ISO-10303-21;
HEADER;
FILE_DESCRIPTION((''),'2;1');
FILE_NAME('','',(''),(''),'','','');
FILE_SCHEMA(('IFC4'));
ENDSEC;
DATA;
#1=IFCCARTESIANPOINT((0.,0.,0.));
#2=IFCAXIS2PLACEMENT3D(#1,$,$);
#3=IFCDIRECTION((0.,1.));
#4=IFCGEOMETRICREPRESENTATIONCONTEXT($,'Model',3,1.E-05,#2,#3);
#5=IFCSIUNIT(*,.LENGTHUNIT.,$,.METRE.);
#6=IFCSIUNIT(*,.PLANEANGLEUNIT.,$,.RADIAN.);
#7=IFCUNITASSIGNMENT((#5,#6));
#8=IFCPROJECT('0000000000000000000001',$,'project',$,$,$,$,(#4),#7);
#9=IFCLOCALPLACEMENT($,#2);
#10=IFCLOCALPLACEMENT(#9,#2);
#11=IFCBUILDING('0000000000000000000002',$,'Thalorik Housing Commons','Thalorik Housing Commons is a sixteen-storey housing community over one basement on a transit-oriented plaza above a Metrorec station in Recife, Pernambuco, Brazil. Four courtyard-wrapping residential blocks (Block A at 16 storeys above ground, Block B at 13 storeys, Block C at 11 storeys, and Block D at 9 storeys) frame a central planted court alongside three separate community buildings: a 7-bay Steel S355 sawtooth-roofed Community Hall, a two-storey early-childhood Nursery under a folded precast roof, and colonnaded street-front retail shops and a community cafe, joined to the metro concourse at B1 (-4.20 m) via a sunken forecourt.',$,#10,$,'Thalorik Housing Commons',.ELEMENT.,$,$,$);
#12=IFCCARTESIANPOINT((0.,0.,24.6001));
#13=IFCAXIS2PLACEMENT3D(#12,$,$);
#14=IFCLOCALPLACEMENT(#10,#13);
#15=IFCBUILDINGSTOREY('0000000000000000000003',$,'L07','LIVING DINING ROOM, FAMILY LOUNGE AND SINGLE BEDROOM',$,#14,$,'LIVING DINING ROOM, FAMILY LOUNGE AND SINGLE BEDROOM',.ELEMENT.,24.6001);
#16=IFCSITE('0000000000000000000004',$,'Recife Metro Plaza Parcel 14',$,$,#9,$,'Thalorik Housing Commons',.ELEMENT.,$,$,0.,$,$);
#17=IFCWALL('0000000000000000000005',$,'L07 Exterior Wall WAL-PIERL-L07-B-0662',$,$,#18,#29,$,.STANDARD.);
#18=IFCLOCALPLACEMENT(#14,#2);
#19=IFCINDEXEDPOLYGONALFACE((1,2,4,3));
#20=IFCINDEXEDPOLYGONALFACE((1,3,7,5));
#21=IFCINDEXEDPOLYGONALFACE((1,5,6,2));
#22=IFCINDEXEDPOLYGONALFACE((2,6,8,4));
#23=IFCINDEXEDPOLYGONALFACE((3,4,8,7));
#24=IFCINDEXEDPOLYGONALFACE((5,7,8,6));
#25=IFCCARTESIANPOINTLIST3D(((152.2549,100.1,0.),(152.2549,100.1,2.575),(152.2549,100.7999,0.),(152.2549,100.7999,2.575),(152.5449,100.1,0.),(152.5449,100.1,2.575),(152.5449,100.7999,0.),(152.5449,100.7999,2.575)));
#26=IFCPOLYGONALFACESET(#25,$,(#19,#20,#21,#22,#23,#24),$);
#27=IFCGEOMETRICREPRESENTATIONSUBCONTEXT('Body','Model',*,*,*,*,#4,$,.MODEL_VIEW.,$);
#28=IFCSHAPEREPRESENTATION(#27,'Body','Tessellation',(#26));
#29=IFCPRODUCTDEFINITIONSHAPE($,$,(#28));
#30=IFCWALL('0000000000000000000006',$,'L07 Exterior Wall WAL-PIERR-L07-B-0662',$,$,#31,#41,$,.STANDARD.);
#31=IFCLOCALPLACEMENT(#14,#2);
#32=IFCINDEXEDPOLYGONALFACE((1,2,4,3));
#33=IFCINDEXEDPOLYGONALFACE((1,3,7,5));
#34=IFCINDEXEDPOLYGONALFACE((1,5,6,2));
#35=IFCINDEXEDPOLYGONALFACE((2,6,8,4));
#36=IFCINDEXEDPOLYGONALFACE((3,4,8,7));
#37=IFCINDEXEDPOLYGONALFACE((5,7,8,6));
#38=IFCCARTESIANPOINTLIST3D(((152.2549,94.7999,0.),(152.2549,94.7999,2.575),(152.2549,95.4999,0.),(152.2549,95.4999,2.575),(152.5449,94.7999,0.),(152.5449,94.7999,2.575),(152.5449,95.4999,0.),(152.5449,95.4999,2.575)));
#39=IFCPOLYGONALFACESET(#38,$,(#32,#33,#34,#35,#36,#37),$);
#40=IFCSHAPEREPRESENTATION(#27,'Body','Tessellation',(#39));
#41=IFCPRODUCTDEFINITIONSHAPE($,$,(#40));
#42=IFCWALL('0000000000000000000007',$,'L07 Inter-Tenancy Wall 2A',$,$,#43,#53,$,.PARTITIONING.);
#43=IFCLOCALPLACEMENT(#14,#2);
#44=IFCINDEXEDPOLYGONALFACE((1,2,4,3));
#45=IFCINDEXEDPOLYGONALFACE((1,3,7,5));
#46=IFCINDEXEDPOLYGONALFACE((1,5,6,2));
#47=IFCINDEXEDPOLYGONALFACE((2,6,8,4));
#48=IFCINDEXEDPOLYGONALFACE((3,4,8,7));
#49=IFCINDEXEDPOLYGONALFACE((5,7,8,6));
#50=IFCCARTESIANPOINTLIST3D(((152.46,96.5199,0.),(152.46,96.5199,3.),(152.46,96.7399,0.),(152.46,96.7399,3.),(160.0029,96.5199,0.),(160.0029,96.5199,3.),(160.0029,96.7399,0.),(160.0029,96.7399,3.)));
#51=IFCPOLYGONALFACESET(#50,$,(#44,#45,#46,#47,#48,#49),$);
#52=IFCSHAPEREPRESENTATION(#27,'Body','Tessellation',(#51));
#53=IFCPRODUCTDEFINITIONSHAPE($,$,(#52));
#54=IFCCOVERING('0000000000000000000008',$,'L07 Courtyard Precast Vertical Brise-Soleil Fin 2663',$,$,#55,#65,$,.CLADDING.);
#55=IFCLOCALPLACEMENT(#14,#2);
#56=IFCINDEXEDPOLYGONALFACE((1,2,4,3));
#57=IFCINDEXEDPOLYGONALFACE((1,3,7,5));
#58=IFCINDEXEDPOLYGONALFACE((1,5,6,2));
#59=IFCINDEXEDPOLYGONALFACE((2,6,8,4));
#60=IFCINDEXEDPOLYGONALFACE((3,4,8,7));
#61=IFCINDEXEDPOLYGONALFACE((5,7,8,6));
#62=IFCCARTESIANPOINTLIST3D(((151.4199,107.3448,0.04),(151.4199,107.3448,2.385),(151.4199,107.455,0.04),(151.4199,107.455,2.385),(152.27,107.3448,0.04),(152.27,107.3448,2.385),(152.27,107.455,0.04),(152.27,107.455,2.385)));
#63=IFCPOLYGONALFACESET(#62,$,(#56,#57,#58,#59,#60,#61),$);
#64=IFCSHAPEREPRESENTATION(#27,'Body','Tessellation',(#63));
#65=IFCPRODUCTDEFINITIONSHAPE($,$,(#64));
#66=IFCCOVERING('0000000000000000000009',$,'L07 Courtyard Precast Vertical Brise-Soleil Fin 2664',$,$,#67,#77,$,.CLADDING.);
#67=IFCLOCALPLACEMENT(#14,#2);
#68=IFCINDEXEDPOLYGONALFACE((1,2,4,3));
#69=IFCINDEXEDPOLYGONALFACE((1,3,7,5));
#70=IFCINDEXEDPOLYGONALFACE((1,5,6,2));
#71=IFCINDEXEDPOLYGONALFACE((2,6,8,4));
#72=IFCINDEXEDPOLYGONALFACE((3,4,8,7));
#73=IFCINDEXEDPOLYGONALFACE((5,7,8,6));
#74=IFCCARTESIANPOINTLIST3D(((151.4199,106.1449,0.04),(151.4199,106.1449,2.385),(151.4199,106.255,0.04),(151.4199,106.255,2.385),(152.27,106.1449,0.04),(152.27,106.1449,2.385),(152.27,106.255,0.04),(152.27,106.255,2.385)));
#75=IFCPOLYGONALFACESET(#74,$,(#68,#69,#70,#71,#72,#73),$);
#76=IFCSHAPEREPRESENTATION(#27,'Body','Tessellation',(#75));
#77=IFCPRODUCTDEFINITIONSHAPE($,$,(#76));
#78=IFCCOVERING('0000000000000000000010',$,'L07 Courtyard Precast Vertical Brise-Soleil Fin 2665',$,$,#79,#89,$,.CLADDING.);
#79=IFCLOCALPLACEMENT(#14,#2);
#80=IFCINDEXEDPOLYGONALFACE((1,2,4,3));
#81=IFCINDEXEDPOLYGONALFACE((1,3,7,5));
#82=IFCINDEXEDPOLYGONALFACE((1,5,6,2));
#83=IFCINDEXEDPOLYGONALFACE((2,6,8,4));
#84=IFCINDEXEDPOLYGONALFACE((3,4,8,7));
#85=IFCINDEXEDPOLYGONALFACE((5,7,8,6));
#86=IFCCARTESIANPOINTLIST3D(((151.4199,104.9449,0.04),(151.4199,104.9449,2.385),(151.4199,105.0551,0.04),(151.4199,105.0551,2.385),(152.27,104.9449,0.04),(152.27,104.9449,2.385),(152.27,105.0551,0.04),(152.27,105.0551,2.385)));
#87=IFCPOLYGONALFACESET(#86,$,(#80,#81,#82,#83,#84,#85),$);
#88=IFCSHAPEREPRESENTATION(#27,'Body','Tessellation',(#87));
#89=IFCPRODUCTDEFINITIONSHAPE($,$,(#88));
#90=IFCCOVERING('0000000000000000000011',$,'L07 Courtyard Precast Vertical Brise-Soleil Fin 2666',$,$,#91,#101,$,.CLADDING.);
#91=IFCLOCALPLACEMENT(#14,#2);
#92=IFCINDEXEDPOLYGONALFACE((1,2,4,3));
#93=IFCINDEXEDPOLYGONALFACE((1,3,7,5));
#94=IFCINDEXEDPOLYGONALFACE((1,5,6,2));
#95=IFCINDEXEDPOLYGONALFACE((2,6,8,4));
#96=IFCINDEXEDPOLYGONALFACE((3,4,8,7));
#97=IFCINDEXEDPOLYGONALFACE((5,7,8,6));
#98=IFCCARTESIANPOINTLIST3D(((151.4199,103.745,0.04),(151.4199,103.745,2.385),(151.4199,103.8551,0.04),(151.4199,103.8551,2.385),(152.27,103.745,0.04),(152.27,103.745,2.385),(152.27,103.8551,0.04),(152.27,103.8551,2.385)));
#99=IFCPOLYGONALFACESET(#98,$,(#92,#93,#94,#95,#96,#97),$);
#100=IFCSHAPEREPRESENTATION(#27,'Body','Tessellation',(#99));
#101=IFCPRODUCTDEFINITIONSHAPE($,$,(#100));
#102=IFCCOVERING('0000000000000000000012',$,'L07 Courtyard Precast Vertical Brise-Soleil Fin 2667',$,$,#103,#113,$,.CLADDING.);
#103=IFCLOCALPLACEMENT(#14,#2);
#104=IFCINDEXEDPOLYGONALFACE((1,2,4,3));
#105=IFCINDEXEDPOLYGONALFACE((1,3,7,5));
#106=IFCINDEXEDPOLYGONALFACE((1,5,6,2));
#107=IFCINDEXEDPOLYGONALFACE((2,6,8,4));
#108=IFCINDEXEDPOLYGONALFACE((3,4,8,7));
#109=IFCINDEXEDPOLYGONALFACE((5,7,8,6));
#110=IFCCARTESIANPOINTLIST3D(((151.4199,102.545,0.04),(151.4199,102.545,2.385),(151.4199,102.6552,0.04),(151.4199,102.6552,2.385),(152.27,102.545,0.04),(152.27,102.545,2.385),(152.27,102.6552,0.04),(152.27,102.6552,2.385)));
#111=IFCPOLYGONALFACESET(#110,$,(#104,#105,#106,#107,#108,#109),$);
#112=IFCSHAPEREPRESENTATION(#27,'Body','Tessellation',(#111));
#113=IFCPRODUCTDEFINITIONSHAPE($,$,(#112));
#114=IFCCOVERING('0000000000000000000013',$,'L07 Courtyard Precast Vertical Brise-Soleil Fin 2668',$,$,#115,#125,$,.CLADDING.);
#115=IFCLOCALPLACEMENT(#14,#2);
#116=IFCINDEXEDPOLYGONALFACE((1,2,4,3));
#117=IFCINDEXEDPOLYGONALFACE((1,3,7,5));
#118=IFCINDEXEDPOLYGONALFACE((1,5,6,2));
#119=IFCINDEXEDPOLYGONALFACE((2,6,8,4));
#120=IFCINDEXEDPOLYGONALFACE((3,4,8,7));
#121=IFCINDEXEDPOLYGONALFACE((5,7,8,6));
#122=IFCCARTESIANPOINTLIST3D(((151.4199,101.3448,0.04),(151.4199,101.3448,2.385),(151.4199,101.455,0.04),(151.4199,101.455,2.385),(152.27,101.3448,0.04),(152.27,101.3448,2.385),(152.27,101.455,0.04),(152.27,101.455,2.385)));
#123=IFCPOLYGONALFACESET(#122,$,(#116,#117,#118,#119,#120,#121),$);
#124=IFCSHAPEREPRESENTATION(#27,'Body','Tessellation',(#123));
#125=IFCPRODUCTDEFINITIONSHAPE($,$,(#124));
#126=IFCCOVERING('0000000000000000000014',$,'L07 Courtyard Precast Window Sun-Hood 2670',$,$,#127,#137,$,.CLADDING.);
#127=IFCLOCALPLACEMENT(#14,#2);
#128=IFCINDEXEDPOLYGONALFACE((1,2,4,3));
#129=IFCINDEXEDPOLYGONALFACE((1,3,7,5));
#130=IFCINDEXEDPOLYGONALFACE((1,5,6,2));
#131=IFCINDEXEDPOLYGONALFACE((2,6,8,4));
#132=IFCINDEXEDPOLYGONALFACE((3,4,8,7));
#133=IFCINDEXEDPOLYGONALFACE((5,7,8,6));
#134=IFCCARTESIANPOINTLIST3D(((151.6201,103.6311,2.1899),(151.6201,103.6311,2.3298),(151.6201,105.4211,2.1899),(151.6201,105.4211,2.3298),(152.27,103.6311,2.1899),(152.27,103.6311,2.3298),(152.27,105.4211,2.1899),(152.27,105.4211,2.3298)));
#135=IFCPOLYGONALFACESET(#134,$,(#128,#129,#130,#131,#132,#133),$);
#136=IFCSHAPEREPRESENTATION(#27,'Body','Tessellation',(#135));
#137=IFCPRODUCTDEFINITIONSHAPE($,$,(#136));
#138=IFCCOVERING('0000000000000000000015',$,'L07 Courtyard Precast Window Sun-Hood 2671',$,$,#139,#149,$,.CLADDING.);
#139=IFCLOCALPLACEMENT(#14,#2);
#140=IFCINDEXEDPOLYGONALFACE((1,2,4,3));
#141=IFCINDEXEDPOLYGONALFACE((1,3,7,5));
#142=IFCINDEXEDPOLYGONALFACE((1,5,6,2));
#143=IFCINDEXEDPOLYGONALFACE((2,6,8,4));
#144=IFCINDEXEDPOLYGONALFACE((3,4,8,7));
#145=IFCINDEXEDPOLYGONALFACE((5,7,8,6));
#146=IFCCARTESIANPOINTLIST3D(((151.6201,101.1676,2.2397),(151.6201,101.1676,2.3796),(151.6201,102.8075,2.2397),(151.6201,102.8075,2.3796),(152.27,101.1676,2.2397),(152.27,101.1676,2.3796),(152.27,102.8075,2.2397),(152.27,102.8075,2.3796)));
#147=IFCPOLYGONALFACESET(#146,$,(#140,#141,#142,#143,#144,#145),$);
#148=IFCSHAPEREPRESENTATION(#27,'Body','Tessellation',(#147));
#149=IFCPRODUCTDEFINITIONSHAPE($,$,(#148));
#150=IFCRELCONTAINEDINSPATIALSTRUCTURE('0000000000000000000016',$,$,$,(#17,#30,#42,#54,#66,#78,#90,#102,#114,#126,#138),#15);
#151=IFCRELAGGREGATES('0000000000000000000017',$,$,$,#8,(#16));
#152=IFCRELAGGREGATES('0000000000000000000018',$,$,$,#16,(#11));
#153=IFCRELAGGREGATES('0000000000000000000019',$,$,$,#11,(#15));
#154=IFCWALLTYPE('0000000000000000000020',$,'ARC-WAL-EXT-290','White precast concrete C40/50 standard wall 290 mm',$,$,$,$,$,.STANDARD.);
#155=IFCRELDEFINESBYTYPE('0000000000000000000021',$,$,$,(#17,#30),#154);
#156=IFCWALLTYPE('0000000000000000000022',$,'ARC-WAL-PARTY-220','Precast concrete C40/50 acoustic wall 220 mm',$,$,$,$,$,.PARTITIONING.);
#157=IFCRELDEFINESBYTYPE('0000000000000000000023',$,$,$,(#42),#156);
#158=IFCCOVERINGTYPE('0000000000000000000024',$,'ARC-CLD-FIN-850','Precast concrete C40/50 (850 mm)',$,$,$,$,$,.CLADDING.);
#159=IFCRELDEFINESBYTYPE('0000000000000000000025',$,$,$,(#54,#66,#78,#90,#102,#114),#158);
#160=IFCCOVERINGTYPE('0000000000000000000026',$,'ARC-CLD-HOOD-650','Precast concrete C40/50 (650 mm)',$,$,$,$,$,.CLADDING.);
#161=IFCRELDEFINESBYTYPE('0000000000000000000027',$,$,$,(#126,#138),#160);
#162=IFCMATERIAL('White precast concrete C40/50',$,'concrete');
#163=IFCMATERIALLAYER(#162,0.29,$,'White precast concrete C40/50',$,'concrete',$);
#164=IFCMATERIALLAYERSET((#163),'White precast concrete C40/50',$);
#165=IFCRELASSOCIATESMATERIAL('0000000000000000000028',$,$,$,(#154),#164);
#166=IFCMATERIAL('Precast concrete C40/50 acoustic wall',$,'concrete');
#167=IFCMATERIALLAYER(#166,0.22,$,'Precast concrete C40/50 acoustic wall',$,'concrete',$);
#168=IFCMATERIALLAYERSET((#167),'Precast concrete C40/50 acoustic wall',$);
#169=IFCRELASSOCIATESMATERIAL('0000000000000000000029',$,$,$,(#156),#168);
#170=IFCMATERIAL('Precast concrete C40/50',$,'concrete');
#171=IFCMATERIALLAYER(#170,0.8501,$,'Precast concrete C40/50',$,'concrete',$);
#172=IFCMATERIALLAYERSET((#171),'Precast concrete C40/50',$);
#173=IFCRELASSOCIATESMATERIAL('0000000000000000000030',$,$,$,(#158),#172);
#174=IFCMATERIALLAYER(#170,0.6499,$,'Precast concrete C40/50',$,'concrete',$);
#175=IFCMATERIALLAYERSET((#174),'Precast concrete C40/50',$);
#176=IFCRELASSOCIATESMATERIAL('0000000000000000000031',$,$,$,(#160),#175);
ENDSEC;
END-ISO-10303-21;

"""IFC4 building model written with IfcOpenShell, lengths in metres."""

from ifc_helpers import new_model, si_unit, direction, frame, frame_2d, origin, origin_2d, place, context, subcontext, project, spatial, rectangle, extrude, material, layer, layer_set, type_object, element, save


model = new_model("IFC4")

# Units and contexts
model_context = context("Model", 3, precision=1e-05, world=origin(), true_north=direction((0.0, 1.0)))
body_context = subcontext(model_context, "Body", "Model", "MODEL_VIEW")
ifc_project = project(units=[si_unit("LENGTHUNIT", "METRE"), si_unit("PLANEANGLEUNIT", "RADIAN")], contexts=[model_context])

# Site, building, storey
site_placement = place(None, origin())
site = spatial("IfcSite", under=ifc_project, at=site_placement, Name="Recife Metro Plaza Parcel 14", LongName="Thalorik Housing Commons", CompositionType="ELEMENT", RefElevation=0.0)
building_placement = place(site_placement, origin())
building = spatial("IfcBuilding", under=site, at=building_placement, Name="Thalorik Housing Commons", Description="Thalorik Housing Commons is a sixteen-storey housing community over one basement on a transit-oriented plaza above a Metrorec station in Recife, Pernambuco, Brazil. Four courtyard-wrapping residential blocks (Block A at 16 storeys above ground, Block B at 13 storeys, Block C at 11 storeys, and Block D at 9 storeys) frame a central planted court alongside three separate community buildings: a 7-bay Steel S355 sawtooth-roofed Community Hall, a two-storey early-childhood Nursery under a folded precast roof, and colonnaded street-front retail shops and a community cafe, joined to the metro concourse at B1 (-4.20 m) via a sunken forecourt.", LongName="Thalorik Housing Commons", CompositionType="ELEMENT")
storey_placement = place(building_placement, frame((0.0, 0.0, 24.6001)))
storey = spatial("IfcBuildingStorey", under=building, at=storey_placement, Name="L07", Description="LIVING DINING ROOM, FAMILY LOUNGE AND SINGLE BEDROOM", LongName="LIVING DINING ROOM, FAMILY LOUNGE AND SINGLE BEDROOM", CompositionType="ELEMENT", Elevation=24.6001)

# Shared definitions
ifc_material_1 = material(Name="Precast concrete C40/50", Category="concrete")

# Walls
ifc_material_2 = material(Name="White precast concrete C40/50", Category="concrete")
ifc_layer_1 = layer(ifc_material_2, 0.29, Name="White precast concrete C40/50", Category="concrete")
ifc_layer_set_1 = layer_set([ifc_layer_1], Name="White precast concrete C40/50")
wall_type_1 = type_object("IfcWallType", Name="ARC-WAL-EXT-290", Description="White precast concrete C40/50 standard wall 290 mm", PredefinedType="STANDARD", material=ifc_layer_set_1)
for number, where, z_axis, x_axis, name in (
    (1, (152.3999, 100.8, 0.0), (0.0, 0.0, 1.0), (0.0, -1.0, 0.0), "L07 Exterior Wall WAL-PIERL-L07-B-0662"),
    (2, (152.3999, 95.5, 0.0), (0.0, 0.0, 1.0), (0.0, -1.0, 0.0), "L07 Exterior Wall WAL-PIERR-L07-B-0662"),
):
    element("IfcWall", number, at=place(storey_placement, frame(where, z_axis=z_axis, x_axis=x_axis)), inside=storey, type_object=wall_type_1, Name=name, PredefinedType="STANDARD", context=body_context, shape_type="SweptSolid", body=[
        extrude(rectangle(XDim=0.7, YDim=0.29, at=frame_2d((0.3501, 0.0))), origin(), (0.0, 0.0, 1.0), 2.575),
    ])
ifc_material_3 = material(Name="Precast concrete C40/50 acoustic wall", Category="concrete")
ifc_layer_2 = layer(ifc_material_3, 0.22, Name="Precast concrete C40/50 acoustic wall", Category="concrete")
ifc_layer_set_2 = layer_set([ifc_layer_2], Name="Precast concrete C40/50 acoustic wall")
wall_type_2 = type_object("IfcWallType", Name="ARC-WAL-PARTY-220", Description="Precast concrete C40/50 acoustic wall 220 mm", PredefinedType="PARTITIONING", material=ifc_layer_set_2)
wall_placement = place(storey_placement, frame((152.46, 96.6299, 0.0), z_axis=(0.0, 0.0, 1.0), x_axis=(1.0, 0.0, 0.0)))
element("IfcWall", 3, at=wall_placement, inside=storey, type_object=wall_type_2, Name="L07 Inter-Tenancy Wall 2A", PredefinedType="PARTITIONING", context=body_context, shape_type="SweptSolid", body=[
    extrude(rectangle(XDim=7.543, YDim=0.22, at=frame_2d((3.7715, 0.0))), origin(), (0.0, 0.0, 1.0), 3.0),
])

# Coverings
ifc_layer_3 = layer(ifc_material_1, 0.8501, Name="Precast concrete C40/50", Category="concrete")
ifc_layer_set_3 = layer_set([ifc_layer_3], Name="Precast concrete C40/50")
covering_type_1 = type_object("IfcCoveringType", Name="ARC-CLD-FIN-850", Description="Precast concrete C40/50 (850 mm)", PredefinedType="CLADDING", material=ifc_layer_set_3)
for number, where, z_axis, x_axis, name in (
    (4, (151.845, 107.3999, 0.04), (0.0, 0.0, 1.0), (0.0, -1.0, 0.0), "L07 Courtyard Precast Vertical Brise-Soleil Fin 2663"),
    (5, (151.845, 106.2, 0.04), (0.0, 0.0, 1.0), (0.0, -1.0, 0.0), "L07 Courtyard Precast Vertical Brise-Soleil Fin 2664"),
    (6, (151.845, 105.0, 0.04), (0.0, 0.0, 1.0), (0.0, -1.0, 0.0), "L07 Courtyard Precast Vertical Brise-Soleil Fin 2665"),
    (7, (151.845, 103.8, 0.04), (0.0, 0.0, 1.0), (0.0, -1.0, 0.0), "L07 Courtyard Precast Vertical Brise-Soleil Fin 2666"),
    (8, (151.845, 102.6001, 0.04), (0.0, 0.0, 1.0), (0.0, -1.0, 0.0), "L07 Courtyard Precast Vertical Brise-Soleil Fin 2667"),
    (9, (151.845, 101.3999, 0.04), (0.0, 0.0, 1.0), (0.0, -1.0, 0.0), "L07 Courtyard Precast Vertical Brise-Soleil Fin 2668"),
):
    element("IfcCovering", number, at=place(storey_placement, frame(where, z_axis=z_axis, x_axis=x_axis)), inside=storey, type_object=covering_type_1, Name=name, PredefinedType="CLADDING", context=body_context, shape_type="SweptSolid", body=[
        extrude(rectangle(XDim=0.1101, YDim=0.8501, at=origin_2d()), origin(), (0.0, 0.0, 1.0), 2.345),
    ])
ifc_layer_4 = layer(ifc_material_1, 0.6499, Name="Precast concrete C40/50", Category="concrete")
ifc_layer_set_4 = layer_set([ifc_layer_4], Name="Precast concrete C40/50")
covering_type_2 = type_object("IfcCoveringType", Name="ARC-CLD-HOOD-650", Description="Precast concrete C40/50 (650 mm)", PredefinedType="CLADDING", material=ifc_layer_set_4)
covering_1_placement = place(storey_placement, frame((151.9451, 104.5261, 2.1899), z_axis=(0.0, 0.0, 1.0), x_axis=(0.0, -1.0, 0.0)))
element("IfcCovering", 10, at=covering_1_placement, inside=storey, type_object=covering_type_2, Name="L07 Courtyard Precast Window Sun-Hood 2670", PredefinedType="CLADDING", context=body_context, shape_type="SweptSolid", body=[
    extrude(rectangle(XDim=1.79, YDim=0.6499, at=origin_2d()), origin(), (0.0, 0.0, 1.0), 0.1399),
])
covering_2_placement = place(storey_placement, frame((151.9451, 101.9875, 2.2397), z_axis=(0.0, 0.0, 1.0), x_axis=(0.0, -1.0, 0.0)))
element("IfcCovering", 11, at=covering_2_placement, inside=storey, type_object=covering_type_2, Name="L07 Courtyard Precast Window Sun-Hood 2671", PredefinedType="CLADDING", context=body_context, shape_type="SweptSolid", body=[
    extrude(rectangle(XDim=1.6399, YDim=0.6499, at=origin_2d()), origin(), (0.0, 0.0, 1.0), 0.1399),
])

save(model, "model.ifc")
